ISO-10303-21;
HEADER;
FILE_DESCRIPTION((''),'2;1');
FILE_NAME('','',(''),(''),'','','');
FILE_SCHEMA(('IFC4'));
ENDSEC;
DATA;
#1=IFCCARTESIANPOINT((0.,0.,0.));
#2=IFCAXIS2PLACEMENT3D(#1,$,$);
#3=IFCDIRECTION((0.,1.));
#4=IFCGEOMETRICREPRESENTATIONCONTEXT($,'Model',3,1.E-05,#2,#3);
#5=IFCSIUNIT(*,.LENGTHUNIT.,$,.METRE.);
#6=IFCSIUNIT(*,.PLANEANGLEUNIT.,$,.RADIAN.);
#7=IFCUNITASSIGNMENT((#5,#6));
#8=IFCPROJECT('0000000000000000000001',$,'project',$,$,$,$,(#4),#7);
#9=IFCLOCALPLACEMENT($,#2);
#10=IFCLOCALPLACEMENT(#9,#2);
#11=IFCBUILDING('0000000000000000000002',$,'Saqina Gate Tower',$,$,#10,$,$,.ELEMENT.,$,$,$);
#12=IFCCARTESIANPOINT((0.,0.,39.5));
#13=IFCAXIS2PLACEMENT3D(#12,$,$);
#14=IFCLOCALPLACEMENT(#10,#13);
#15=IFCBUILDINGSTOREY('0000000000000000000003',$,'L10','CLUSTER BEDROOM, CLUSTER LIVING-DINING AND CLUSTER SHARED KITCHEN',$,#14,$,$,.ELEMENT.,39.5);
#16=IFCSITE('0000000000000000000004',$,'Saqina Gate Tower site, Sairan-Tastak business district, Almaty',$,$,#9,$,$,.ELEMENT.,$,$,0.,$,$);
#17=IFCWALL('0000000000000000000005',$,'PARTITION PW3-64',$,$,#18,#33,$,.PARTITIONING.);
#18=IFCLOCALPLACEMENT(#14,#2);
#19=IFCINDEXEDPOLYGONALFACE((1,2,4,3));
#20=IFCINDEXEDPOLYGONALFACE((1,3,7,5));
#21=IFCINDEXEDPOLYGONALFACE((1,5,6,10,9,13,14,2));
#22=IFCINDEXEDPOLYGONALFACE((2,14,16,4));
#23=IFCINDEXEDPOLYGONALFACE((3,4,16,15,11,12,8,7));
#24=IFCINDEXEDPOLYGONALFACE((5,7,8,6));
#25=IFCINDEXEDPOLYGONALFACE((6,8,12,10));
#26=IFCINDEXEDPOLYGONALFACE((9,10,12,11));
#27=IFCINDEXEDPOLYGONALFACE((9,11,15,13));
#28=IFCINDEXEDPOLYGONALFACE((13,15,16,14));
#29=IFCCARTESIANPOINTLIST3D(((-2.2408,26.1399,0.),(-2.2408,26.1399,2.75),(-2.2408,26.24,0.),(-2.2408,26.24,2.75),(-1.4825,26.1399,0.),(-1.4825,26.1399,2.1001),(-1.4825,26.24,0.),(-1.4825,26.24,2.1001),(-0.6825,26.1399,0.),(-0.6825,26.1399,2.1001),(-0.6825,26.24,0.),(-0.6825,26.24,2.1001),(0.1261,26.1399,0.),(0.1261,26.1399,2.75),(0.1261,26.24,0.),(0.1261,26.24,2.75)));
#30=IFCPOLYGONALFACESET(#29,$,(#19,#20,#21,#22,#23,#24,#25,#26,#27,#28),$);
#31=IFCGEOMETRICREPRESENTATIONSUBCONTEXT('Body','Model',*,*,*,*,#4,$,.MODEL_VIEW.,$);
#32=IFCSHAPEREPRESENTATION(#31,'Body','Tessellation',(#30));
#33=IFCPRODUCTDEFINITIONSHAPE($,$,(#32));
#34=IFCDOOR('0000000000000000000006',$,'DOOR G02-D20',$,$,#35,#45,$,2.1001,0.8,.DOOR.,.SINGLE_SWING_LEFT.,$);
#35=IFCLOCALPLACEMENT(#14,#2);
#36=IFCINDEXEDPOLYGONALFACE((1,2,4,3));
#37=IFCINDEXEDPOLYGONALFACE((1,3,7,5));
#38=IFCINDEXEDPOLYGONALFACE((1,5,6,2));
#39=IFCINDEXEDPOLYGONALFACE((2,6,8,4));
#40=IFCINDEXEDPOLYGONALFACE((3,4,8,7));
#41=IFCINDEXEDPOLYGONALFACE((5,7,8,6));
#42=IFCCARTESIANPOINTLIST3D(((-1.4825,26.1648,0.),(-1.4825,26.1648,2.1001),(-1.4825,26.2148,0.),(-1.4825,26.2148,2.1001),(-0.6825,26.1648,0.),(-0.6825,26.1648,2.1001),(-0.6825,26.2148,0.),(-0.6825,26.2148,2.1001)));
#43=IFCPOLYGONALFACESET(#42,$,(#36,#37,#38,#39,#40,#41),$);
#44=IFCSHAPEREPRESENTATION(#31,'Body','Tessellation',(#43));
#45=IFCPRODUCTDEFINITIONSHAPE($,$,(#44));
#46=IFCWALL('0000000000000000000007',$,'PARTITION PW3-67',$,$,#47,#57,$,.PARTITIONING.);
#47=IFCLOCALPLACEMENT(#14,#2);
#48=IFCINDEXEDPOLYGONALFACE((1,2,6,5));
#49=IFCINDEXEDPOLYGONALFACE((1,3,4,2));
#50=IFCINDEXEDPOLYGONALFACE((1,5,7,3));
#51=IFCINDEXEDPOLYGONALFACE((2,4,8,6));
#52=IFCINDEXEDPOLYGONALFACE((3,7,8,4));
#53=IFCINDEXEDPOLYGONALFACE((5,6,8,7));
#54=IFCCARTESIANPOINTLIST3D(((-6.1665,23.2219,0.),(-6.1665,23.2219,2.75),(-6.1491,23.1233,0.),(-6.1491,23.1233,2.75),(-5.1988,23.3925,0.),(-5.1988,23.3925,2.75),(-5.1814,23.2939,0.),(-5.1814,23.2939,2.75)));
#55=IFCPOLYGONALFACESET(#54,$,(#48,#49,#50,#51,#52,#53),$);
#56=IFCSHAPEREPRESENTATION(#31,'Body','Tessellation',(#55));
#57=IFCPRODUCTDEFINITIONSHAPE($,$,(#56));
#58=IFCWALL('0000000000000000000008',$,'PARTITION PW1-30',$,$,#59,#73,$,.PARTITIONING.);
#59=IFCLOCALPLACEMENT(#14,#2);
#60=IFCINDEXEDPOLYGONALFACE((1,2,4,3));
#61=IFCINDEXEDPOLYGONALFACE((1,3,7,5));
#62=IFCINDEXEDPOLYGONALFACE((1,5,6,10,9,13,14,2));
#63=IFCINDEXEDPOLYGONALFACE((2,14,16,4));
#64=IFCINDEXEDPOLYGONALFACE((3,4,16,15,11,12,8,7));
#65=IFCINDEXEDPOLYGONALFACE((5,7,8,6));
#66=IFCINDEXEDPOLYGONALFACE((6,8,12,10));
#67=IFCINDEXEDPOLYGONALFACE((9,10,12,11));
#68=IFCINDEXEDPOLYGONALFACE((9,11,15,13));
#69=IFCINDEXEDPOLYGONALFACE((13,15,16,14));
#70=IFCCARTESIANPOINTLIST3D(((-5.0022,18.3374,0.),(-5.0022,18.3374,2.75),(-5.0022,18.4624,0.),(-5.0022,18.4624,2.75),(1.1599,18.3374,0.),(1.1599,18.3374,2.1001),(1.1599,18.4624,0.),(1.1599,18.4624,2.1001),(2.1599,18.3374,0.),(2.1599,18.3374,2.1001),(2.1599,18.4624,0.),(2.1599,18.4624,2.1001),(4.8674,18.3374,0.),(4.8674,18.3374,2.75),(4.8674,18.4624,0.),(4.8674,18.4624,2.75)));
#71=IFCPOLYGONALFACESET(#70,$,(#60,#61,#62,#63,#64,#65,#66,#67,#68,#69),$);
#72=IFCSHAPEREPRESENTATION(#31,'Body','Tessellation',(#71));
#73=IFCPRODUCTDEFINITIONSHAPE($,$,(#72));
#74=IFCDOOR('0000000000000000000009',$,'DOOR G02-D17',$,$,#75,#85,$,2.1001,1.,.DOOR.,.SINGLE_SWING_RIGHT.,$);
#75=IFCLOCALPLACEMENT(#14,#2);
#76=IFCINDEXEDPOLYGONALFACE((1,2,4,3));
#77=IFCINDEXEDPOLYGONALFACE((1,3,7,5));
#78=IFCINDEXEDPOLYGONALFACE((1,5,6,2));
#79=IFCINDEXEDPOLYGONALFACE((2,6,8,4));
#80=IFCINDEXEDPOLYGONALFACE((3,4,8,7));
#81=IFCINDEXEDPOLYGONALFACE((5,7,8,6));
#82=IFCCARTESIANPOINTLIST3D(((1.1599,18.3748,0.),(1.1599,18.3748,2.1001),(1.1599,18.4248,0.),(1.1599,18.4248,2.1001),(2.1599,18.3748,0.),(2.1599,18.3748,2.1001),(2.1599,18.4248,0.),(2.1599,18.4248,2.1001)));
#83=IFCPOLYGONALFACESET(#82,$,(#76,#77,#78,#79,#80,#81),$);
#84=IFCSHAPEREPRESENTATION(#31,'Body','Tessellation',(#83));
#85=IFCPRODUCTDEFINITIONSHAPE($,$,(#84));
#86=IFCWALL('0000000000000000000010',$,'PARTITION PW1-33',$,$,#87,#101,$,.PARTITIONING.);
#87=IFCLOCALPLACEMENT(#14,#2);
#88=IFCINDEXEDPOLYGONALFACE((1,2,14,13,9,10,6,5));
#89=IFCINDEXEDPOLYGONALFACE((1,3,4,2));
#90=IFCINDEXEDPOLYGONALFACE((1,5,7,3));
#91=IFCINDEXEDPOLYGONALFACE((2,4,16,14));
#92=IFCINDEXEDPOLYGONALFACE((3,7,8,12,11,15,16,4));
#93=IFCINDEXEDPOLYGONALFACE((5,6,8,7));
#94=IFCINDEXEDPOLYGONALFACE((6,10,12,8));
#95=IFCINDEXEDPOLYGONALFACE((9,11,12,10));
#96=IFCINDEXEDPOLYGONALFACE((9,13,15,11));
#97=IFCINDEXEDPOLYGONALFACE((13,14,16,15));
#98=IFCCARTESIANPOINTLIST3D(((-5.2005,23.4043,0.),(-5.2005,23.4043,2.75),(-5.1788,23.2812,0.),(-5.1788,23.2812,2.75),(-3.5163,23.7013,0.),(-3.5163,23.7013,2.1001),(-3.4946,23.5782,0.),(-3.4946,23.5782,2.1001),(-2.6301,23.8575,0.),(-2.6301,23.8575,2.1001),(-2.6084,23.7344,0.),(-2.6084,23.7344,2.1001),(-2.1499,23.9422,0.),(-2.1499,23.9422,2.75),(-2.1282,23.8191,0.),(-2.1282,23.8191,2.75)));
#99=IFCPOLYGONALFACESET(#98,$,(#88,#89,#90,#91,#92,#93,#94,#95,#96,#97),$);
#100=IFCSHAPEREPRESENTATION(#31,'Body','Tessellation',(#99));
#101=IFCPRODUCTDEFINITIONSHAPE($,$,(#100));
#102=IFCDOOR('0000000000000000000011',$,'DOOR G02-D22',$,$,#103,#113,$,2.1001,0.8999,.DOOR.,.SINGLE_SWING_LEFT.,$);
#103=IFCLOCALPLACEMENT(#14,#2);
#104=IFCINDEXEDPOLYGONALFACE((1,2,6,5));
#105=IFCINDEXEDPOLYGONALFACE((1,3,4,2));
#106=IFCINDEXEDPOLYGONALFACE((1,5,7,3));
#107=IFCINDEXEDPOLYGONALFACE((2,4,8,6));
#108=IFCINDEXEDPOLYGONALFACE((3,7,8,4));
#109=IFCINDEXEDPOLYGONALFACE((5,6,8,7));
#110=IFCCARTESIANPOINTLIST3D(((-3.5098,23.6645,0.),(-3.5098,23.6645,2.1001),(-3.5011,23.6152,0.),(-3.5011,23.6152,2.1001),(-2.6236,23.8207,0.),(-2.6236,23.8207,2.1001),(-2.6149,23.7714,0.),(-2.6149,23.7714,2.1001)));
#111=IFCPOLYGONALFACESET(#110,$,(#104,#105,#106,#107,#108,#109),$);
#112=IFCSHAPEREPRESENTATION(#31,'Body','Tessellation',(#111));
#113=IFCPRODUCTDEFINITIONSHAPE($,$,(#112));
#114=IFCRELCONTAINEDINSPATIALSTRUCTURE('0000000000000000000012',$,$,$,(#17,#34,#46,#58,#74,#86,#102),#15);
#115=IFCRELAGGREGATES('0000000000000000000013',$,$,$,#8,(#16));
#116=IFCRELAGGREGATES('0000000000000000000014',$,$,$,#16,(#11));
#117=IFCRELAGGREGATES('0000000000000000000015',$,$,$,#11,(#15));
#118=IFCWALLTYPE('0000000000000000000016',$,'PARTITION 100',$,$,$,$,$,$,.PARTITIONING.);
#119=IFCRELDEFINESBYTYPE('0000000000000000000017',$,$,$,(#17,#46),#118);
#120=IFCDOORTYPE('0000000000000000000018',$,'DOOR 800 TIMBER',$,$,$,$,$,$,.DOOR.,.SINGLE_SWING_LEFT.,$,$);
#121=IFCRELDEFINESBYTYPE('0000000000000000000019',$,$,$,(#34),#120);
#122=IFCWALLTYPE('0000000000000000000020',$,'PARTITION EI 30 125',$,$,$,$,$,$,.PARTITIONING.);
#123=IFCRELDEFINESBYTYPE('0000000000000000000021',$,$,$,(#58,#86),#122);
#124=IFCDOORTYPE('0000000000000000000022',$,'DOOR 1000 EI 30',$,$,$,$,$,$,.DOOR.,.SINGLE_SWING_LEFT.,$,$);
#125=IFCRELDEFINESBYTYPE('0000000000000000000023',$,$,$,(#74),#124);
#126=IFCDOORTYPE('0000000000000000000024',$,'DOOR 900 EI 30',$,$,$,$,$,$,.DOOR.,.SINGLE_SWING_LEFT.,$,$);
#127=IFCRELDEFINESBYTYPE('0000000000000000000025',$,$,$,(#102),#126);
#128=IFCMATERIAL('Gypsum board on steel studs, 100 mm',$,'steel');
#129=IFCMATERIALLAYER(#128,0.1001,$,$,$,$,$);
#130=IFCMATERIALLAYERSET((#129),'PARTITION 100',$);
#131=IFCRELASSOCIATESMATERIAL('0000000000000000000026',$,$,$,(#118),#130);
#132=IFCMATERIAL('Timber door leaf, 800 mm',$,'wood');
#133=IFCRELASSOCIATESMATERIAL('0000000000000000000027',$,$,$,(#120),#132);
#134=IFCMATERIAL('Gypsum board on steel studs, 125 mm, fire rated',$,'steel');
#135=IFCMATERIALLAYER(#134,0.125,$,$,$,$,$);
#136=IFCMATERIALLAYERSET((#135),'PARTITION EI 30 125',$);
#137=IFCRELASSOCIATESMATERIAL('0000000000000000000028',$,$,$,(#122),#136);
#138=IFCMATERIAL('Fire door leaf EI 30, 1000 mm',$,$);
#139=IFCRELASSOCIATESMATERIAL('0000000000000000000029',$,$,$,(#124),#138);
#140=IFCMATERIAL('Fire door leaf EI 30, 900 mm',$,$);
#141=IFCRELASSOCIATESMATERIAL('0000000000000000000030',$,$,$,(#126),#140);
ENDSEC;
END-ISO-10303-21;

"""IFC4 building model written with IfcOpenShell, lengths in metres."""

from ifc_helpers import new_model, si_unit, direction, frame, frame_2d, origin, place, context, subcontext, project, spatial, rectangle, extrude, material, layer, layer_set, type_object, element, fill, save


model = new_model("IFC4")

# Units and contexts
model_context = context("Model", 3, precision=1e-05, world=origin(), true_north=direction((0.0, 1.0)))
body_context = subcontext(model_context, "Body", "Model", "MODEL_VIEW")
ifc_project = project(units=[si_unit("LENGTHUNIT", "METRE"), si_unit("PLANEANGLEUNIT", "RADIAN")], contexts=[model_context])

# Site, building, storey
site_placement = place(None, origin())
site = spatial("IfcSite", under=ifc_project, at=site_placement, Name="Saqina Gate Tower site, Sairan-Tastak business district, Almaty", CompositionType="ELEMENT", RefElevation=0.0)
building_placement = place(site_placement, origin())
building = spatial("IfcBuilding", under=site, at=building_placement, Name="Saqina Gate Tower", CompositionType="ELEMENT")
storey_placement = place(building_placement, frame((0.0, 0.0, 39.5)))
storey = spatial("IfcBuildingStorey", under=building, at=storey_placement, Name="L10", Description="CLUSTER BEDROOM, CLUSTER LIVING-DINING AND CLUSTER SHARED KITCHEN", CompositionType="ELEMENT", Elevation=39.5)

# Shared definitions
ifc_material_1 = material(Name="Gypsum board on steel studs, 100 mm", Category="steel")
ifc_layer_1 = layer(ifc_material_1, 0.1001)
ifc_layer_set_1 = layer_set([ifc_layer_1], Name="PARTITION 100")
wall_type_1 = type_object("IfcWallType", Name="PARTITION 100", PredefinedType="PARTITIONING", material=ifc_layer_set_1)

# Shared definitions
ifc_material_2 = material(Name="Timber door leaf, 800 mm", Category="wood")
door_type_1 = type_object("IfcDoorType", Name="DOOR 800 TIMBER", OperationType="SINGLE_SWING_LEFT", PredefinedType="DOOR", material=ifc_material_2)

# Wall, opening, door
wall_1_placement = place(storey_placement, frame((-2.241, 26.1899, 0.0), z_axis=(0.0, 0.0, 1.0), x_axis=(1.0, 0.0, 0.0)))
wall_1 = element("IfcWall", 1, at=wall_1_placement, inside=storey, type_object=wall_type_1, Name="PARTITION PW3-64", PredefinedType="PARTITIONING", context=body_context, shape_type="SweptSolid", body=[
    extrude(rectangle(XDim=2.3669, YDim=0.1001, at=frame_2d((1.1836, 0.0))), origin(), (0.0, 0.0, 1.0), 2.75),
])
opening_1_placement = place(wall_1_placement, frame((0.7585, 0.0, 0.0)))
opening_1 = element("IfcOpeningElement", 2, at=opening_1_placement, cuts=wall_1, PredefinedType="OPENING", context=body_context, shape_type="SweptSolid", body=[
    extrude(rectangle(XDim=0.8, YDim=2.1001, at=frame_2d((0.3999, 1.05))), frame((0.0, 0.062, 0.0), z_axis=(0.0, -1.0, 0.0), x_axis=(1.0, 0.0, 0.0)), (0.0, 0.0, 1.0), 0.124),
])
door_1_placement = place(opening_1_placement, origin())
door_1 = element("IfcDoor", 3, at=door_1_placement, inside=storey, type_object=door_type_1, Name="DOOR G02-D20", OperationType="SINGLE_SWING_LEFT", OverallHeight=2.1001, OverallWidth=0.8, PredefinedType="DOOR", context=body_context, shape_type="SweptSolid", body=[
    extrude(rectangle(XDim=0.8, YDim=2.1001, at=frame_2d((0.3999, 1.05))), frame((0.0, 0.0249, 0.0), z_axis=(0.0, -1.0, 0.0), x_axis=(1.0, 0.0, 0.0)), (0.0, 0.0, 1.0), 0.05),
])
fill(opening_1, door_1)

# Wall
wall_2_placement = place(storey_placement, frame((-6.1577, 23.1726, 0.0), z_axis=(0.0, 0.0, 1.0), x_axis=(0.984806, 0.173658, 0.0)))
element("IfcWall", 4, at=wall_2_placement, inside=storey, type_object=wall_type_1, Name="PARTITION PW3-67", PredefinedType="PARTITIONING", context=body_context, shape_type="SweptSolid", body=[
    extrude(rectangle(XDim=0.9827, YDim=0.1001, at=frame_2d((0.4912, 0.0))), origin(), (0.0, 0.0, 1.0), 2.75),
])

# Walls, openings, doors
ifc_material_3 = material(Name="Gypsum board on steel studs, 125 mm, fire rated", Category="steel")
ifc_layer_2 = layer(ifc_material_3, 0.125)
ifc_layer_set_2 = layer_set([ifc_layer_2], Name="PARTITION EI 30 125")
wall_type_2 = type_object("IfcWallType", Name="PARTITION EI 30 125", PredefinedType="PARTITIONING", material=ifc_layer_set_2)
wall_3_placement = place(storey_placement, frame((-5.0022, 18.3999, 0.0), z_axis=(0.0, 0.0, 1.0), x_axis=(1.0, 0.0, 0.0)))
wall_3 = element("IfcWall", 5, at=wall_3_placement, inside=storey, type_object=wall_type_2, Name="PARTITION PW1-30", PredefinedType="PARTITIONING", context=body_context, shape_type="SweptSolid", body=[
    extrude(rectangle(XDim=9.8696, YDim=0.125, at=frame_2d((4.9348, 0.0))), origin(), (0.0, 0.0, 1.0), 2.75),
])
opening_2_placement = place(wall_3_placement, frame((6.1621, 0.0, 0.0)))
opening_2 = element("IfcOpeningElement", 6, at=opening_2_placement, cuts=wall_3, PredefinedType="OPENING", context=body_context, shape_type="SweptSolid", body=[
    extrude(rectangle(XDim=1.0, YDim=2.1001, at=frame_2d((0.5, 1.05))), frame((0.0, 0.0745, 0.0), z_axis=(0.0, -1.0, 0.0), x_axis=(1.0, 0.0, 0.0)), (0.0, 0.0, 1.0), 0.1489),
])
ifc_material_4 = material(Name="Fire door leaf EI 30, 1000 mm")
door_type_2 = type_object("IfcDoorType", Name="DOOR 1000 EI 30", OperationType="SINGLE_SWING_LEFT", PredefinedType="DOOR", material=ifc_material_4)
door_2_placement = place(opening_2_placement, origin())
door_2 = element("IfcDoor", 7, at=door_2_placement, inside=storey, type_object=door_type_2, Name="DOOR G02-D17", OperationType="SINGLE_SWING_RIGHT", OverallHeight=2.1001, OverallWidth=1.0, PredefinedType="DOOR", context=body_context, shape_type="SweptSolid", body=[
    extrude(rectangle(XDim=1.0, YDim=2.1001, at=frame_2d((0.5, 1.05))), frame((0.0, 0.0249, 0.0), z_axis=(0.0, -1.0, 0.0), x_axis=(1.0, 0.0, 0.0)), (0.0, 0.0, 1.0), 0.05),
])
fill(opening_2, door_2)
wall_4_placement = place(storey_placement, frame((-5.1897, 23.3428, 0.0), z_axis=(0.0, 0.0, 1.0), x_axis=(0.984811, 0.173632, 0.0)))
wall_4 = element("IfcWall", 8, at=wall_4_placement, inside=storey, type_object=wall_type_2, Name="PARTITION PW1-33", PredefinedType="PARTITIONING", context=body_context, shape_type="SweptSolid", body=[
    extrude(rectangle(XDim=3.0977, YDim=0.125, at=frame_2d((1.5488, 0.0))), origin(), (0.0, 0.0, 1.0), 2.75),
])
opening_3_placement = place(wall_4_placement, frame((1.7102, 0.0, 0.0)))
opening_3 = element("IfcOpeningElement", 9, at=opening_3_placement, cuts=wall_4, PredefinedType="OPENING", context=body_context, shape_type="SweptSolid", body=[
    extrude(rectangle(XDim=0.8999, YDim=2.1001, at=frame_2d((0.45, 1.05))), frame((0.0, 0.0745, 0.0), z_axis=(0.0, -1.0, 0.0), x_axis=(1.0, 0.0, 0.0)), (0.0, 0.0, 1.0), 0.1489),
])
ifc_material_5 = material(Name="Fire door leaf EI 30, 900 mm")
door_type_3 = type_object("IfcDoorType", Name="DOOR 900 EI 30", OperationType="SINGLE_SWING_LEFT", PredefinedType="DOOR", material=ifc_material_5)
door_3_placement = place(opening_3_placement, frame((0.8999, 0.0, 0.0), z_axis=(0.0, 0.0, 1.0), x_axis=(-1.0, 0.0, 0.0)))
door_3 = element("IfcDoor", 10, at=door_3_placement, inside=storey, type_object=door_type_3, Name="DOOR G02-D22", OperationType="SINGLE_SWING_LEFT", OverallHeight=2.1001, OverallWidth=0.8999, PredefinedType="DOOR", context=body_context, shape_type="SweptSolid", body=[
    extrude(rectangle(XDim=0.8999, YDim=2.1001, at=frame_2d((0.45, 1.05))), frame((0.0, 0.0249, 0.0), z_axis=(0.0, -1.0, 0.0), x_axis=(1.0, 0.0, 0.0)), (0.0, 0.0, 1.0), 0.05),
])
fill(opening_3, door_3)

save(model, "model.ifc")
